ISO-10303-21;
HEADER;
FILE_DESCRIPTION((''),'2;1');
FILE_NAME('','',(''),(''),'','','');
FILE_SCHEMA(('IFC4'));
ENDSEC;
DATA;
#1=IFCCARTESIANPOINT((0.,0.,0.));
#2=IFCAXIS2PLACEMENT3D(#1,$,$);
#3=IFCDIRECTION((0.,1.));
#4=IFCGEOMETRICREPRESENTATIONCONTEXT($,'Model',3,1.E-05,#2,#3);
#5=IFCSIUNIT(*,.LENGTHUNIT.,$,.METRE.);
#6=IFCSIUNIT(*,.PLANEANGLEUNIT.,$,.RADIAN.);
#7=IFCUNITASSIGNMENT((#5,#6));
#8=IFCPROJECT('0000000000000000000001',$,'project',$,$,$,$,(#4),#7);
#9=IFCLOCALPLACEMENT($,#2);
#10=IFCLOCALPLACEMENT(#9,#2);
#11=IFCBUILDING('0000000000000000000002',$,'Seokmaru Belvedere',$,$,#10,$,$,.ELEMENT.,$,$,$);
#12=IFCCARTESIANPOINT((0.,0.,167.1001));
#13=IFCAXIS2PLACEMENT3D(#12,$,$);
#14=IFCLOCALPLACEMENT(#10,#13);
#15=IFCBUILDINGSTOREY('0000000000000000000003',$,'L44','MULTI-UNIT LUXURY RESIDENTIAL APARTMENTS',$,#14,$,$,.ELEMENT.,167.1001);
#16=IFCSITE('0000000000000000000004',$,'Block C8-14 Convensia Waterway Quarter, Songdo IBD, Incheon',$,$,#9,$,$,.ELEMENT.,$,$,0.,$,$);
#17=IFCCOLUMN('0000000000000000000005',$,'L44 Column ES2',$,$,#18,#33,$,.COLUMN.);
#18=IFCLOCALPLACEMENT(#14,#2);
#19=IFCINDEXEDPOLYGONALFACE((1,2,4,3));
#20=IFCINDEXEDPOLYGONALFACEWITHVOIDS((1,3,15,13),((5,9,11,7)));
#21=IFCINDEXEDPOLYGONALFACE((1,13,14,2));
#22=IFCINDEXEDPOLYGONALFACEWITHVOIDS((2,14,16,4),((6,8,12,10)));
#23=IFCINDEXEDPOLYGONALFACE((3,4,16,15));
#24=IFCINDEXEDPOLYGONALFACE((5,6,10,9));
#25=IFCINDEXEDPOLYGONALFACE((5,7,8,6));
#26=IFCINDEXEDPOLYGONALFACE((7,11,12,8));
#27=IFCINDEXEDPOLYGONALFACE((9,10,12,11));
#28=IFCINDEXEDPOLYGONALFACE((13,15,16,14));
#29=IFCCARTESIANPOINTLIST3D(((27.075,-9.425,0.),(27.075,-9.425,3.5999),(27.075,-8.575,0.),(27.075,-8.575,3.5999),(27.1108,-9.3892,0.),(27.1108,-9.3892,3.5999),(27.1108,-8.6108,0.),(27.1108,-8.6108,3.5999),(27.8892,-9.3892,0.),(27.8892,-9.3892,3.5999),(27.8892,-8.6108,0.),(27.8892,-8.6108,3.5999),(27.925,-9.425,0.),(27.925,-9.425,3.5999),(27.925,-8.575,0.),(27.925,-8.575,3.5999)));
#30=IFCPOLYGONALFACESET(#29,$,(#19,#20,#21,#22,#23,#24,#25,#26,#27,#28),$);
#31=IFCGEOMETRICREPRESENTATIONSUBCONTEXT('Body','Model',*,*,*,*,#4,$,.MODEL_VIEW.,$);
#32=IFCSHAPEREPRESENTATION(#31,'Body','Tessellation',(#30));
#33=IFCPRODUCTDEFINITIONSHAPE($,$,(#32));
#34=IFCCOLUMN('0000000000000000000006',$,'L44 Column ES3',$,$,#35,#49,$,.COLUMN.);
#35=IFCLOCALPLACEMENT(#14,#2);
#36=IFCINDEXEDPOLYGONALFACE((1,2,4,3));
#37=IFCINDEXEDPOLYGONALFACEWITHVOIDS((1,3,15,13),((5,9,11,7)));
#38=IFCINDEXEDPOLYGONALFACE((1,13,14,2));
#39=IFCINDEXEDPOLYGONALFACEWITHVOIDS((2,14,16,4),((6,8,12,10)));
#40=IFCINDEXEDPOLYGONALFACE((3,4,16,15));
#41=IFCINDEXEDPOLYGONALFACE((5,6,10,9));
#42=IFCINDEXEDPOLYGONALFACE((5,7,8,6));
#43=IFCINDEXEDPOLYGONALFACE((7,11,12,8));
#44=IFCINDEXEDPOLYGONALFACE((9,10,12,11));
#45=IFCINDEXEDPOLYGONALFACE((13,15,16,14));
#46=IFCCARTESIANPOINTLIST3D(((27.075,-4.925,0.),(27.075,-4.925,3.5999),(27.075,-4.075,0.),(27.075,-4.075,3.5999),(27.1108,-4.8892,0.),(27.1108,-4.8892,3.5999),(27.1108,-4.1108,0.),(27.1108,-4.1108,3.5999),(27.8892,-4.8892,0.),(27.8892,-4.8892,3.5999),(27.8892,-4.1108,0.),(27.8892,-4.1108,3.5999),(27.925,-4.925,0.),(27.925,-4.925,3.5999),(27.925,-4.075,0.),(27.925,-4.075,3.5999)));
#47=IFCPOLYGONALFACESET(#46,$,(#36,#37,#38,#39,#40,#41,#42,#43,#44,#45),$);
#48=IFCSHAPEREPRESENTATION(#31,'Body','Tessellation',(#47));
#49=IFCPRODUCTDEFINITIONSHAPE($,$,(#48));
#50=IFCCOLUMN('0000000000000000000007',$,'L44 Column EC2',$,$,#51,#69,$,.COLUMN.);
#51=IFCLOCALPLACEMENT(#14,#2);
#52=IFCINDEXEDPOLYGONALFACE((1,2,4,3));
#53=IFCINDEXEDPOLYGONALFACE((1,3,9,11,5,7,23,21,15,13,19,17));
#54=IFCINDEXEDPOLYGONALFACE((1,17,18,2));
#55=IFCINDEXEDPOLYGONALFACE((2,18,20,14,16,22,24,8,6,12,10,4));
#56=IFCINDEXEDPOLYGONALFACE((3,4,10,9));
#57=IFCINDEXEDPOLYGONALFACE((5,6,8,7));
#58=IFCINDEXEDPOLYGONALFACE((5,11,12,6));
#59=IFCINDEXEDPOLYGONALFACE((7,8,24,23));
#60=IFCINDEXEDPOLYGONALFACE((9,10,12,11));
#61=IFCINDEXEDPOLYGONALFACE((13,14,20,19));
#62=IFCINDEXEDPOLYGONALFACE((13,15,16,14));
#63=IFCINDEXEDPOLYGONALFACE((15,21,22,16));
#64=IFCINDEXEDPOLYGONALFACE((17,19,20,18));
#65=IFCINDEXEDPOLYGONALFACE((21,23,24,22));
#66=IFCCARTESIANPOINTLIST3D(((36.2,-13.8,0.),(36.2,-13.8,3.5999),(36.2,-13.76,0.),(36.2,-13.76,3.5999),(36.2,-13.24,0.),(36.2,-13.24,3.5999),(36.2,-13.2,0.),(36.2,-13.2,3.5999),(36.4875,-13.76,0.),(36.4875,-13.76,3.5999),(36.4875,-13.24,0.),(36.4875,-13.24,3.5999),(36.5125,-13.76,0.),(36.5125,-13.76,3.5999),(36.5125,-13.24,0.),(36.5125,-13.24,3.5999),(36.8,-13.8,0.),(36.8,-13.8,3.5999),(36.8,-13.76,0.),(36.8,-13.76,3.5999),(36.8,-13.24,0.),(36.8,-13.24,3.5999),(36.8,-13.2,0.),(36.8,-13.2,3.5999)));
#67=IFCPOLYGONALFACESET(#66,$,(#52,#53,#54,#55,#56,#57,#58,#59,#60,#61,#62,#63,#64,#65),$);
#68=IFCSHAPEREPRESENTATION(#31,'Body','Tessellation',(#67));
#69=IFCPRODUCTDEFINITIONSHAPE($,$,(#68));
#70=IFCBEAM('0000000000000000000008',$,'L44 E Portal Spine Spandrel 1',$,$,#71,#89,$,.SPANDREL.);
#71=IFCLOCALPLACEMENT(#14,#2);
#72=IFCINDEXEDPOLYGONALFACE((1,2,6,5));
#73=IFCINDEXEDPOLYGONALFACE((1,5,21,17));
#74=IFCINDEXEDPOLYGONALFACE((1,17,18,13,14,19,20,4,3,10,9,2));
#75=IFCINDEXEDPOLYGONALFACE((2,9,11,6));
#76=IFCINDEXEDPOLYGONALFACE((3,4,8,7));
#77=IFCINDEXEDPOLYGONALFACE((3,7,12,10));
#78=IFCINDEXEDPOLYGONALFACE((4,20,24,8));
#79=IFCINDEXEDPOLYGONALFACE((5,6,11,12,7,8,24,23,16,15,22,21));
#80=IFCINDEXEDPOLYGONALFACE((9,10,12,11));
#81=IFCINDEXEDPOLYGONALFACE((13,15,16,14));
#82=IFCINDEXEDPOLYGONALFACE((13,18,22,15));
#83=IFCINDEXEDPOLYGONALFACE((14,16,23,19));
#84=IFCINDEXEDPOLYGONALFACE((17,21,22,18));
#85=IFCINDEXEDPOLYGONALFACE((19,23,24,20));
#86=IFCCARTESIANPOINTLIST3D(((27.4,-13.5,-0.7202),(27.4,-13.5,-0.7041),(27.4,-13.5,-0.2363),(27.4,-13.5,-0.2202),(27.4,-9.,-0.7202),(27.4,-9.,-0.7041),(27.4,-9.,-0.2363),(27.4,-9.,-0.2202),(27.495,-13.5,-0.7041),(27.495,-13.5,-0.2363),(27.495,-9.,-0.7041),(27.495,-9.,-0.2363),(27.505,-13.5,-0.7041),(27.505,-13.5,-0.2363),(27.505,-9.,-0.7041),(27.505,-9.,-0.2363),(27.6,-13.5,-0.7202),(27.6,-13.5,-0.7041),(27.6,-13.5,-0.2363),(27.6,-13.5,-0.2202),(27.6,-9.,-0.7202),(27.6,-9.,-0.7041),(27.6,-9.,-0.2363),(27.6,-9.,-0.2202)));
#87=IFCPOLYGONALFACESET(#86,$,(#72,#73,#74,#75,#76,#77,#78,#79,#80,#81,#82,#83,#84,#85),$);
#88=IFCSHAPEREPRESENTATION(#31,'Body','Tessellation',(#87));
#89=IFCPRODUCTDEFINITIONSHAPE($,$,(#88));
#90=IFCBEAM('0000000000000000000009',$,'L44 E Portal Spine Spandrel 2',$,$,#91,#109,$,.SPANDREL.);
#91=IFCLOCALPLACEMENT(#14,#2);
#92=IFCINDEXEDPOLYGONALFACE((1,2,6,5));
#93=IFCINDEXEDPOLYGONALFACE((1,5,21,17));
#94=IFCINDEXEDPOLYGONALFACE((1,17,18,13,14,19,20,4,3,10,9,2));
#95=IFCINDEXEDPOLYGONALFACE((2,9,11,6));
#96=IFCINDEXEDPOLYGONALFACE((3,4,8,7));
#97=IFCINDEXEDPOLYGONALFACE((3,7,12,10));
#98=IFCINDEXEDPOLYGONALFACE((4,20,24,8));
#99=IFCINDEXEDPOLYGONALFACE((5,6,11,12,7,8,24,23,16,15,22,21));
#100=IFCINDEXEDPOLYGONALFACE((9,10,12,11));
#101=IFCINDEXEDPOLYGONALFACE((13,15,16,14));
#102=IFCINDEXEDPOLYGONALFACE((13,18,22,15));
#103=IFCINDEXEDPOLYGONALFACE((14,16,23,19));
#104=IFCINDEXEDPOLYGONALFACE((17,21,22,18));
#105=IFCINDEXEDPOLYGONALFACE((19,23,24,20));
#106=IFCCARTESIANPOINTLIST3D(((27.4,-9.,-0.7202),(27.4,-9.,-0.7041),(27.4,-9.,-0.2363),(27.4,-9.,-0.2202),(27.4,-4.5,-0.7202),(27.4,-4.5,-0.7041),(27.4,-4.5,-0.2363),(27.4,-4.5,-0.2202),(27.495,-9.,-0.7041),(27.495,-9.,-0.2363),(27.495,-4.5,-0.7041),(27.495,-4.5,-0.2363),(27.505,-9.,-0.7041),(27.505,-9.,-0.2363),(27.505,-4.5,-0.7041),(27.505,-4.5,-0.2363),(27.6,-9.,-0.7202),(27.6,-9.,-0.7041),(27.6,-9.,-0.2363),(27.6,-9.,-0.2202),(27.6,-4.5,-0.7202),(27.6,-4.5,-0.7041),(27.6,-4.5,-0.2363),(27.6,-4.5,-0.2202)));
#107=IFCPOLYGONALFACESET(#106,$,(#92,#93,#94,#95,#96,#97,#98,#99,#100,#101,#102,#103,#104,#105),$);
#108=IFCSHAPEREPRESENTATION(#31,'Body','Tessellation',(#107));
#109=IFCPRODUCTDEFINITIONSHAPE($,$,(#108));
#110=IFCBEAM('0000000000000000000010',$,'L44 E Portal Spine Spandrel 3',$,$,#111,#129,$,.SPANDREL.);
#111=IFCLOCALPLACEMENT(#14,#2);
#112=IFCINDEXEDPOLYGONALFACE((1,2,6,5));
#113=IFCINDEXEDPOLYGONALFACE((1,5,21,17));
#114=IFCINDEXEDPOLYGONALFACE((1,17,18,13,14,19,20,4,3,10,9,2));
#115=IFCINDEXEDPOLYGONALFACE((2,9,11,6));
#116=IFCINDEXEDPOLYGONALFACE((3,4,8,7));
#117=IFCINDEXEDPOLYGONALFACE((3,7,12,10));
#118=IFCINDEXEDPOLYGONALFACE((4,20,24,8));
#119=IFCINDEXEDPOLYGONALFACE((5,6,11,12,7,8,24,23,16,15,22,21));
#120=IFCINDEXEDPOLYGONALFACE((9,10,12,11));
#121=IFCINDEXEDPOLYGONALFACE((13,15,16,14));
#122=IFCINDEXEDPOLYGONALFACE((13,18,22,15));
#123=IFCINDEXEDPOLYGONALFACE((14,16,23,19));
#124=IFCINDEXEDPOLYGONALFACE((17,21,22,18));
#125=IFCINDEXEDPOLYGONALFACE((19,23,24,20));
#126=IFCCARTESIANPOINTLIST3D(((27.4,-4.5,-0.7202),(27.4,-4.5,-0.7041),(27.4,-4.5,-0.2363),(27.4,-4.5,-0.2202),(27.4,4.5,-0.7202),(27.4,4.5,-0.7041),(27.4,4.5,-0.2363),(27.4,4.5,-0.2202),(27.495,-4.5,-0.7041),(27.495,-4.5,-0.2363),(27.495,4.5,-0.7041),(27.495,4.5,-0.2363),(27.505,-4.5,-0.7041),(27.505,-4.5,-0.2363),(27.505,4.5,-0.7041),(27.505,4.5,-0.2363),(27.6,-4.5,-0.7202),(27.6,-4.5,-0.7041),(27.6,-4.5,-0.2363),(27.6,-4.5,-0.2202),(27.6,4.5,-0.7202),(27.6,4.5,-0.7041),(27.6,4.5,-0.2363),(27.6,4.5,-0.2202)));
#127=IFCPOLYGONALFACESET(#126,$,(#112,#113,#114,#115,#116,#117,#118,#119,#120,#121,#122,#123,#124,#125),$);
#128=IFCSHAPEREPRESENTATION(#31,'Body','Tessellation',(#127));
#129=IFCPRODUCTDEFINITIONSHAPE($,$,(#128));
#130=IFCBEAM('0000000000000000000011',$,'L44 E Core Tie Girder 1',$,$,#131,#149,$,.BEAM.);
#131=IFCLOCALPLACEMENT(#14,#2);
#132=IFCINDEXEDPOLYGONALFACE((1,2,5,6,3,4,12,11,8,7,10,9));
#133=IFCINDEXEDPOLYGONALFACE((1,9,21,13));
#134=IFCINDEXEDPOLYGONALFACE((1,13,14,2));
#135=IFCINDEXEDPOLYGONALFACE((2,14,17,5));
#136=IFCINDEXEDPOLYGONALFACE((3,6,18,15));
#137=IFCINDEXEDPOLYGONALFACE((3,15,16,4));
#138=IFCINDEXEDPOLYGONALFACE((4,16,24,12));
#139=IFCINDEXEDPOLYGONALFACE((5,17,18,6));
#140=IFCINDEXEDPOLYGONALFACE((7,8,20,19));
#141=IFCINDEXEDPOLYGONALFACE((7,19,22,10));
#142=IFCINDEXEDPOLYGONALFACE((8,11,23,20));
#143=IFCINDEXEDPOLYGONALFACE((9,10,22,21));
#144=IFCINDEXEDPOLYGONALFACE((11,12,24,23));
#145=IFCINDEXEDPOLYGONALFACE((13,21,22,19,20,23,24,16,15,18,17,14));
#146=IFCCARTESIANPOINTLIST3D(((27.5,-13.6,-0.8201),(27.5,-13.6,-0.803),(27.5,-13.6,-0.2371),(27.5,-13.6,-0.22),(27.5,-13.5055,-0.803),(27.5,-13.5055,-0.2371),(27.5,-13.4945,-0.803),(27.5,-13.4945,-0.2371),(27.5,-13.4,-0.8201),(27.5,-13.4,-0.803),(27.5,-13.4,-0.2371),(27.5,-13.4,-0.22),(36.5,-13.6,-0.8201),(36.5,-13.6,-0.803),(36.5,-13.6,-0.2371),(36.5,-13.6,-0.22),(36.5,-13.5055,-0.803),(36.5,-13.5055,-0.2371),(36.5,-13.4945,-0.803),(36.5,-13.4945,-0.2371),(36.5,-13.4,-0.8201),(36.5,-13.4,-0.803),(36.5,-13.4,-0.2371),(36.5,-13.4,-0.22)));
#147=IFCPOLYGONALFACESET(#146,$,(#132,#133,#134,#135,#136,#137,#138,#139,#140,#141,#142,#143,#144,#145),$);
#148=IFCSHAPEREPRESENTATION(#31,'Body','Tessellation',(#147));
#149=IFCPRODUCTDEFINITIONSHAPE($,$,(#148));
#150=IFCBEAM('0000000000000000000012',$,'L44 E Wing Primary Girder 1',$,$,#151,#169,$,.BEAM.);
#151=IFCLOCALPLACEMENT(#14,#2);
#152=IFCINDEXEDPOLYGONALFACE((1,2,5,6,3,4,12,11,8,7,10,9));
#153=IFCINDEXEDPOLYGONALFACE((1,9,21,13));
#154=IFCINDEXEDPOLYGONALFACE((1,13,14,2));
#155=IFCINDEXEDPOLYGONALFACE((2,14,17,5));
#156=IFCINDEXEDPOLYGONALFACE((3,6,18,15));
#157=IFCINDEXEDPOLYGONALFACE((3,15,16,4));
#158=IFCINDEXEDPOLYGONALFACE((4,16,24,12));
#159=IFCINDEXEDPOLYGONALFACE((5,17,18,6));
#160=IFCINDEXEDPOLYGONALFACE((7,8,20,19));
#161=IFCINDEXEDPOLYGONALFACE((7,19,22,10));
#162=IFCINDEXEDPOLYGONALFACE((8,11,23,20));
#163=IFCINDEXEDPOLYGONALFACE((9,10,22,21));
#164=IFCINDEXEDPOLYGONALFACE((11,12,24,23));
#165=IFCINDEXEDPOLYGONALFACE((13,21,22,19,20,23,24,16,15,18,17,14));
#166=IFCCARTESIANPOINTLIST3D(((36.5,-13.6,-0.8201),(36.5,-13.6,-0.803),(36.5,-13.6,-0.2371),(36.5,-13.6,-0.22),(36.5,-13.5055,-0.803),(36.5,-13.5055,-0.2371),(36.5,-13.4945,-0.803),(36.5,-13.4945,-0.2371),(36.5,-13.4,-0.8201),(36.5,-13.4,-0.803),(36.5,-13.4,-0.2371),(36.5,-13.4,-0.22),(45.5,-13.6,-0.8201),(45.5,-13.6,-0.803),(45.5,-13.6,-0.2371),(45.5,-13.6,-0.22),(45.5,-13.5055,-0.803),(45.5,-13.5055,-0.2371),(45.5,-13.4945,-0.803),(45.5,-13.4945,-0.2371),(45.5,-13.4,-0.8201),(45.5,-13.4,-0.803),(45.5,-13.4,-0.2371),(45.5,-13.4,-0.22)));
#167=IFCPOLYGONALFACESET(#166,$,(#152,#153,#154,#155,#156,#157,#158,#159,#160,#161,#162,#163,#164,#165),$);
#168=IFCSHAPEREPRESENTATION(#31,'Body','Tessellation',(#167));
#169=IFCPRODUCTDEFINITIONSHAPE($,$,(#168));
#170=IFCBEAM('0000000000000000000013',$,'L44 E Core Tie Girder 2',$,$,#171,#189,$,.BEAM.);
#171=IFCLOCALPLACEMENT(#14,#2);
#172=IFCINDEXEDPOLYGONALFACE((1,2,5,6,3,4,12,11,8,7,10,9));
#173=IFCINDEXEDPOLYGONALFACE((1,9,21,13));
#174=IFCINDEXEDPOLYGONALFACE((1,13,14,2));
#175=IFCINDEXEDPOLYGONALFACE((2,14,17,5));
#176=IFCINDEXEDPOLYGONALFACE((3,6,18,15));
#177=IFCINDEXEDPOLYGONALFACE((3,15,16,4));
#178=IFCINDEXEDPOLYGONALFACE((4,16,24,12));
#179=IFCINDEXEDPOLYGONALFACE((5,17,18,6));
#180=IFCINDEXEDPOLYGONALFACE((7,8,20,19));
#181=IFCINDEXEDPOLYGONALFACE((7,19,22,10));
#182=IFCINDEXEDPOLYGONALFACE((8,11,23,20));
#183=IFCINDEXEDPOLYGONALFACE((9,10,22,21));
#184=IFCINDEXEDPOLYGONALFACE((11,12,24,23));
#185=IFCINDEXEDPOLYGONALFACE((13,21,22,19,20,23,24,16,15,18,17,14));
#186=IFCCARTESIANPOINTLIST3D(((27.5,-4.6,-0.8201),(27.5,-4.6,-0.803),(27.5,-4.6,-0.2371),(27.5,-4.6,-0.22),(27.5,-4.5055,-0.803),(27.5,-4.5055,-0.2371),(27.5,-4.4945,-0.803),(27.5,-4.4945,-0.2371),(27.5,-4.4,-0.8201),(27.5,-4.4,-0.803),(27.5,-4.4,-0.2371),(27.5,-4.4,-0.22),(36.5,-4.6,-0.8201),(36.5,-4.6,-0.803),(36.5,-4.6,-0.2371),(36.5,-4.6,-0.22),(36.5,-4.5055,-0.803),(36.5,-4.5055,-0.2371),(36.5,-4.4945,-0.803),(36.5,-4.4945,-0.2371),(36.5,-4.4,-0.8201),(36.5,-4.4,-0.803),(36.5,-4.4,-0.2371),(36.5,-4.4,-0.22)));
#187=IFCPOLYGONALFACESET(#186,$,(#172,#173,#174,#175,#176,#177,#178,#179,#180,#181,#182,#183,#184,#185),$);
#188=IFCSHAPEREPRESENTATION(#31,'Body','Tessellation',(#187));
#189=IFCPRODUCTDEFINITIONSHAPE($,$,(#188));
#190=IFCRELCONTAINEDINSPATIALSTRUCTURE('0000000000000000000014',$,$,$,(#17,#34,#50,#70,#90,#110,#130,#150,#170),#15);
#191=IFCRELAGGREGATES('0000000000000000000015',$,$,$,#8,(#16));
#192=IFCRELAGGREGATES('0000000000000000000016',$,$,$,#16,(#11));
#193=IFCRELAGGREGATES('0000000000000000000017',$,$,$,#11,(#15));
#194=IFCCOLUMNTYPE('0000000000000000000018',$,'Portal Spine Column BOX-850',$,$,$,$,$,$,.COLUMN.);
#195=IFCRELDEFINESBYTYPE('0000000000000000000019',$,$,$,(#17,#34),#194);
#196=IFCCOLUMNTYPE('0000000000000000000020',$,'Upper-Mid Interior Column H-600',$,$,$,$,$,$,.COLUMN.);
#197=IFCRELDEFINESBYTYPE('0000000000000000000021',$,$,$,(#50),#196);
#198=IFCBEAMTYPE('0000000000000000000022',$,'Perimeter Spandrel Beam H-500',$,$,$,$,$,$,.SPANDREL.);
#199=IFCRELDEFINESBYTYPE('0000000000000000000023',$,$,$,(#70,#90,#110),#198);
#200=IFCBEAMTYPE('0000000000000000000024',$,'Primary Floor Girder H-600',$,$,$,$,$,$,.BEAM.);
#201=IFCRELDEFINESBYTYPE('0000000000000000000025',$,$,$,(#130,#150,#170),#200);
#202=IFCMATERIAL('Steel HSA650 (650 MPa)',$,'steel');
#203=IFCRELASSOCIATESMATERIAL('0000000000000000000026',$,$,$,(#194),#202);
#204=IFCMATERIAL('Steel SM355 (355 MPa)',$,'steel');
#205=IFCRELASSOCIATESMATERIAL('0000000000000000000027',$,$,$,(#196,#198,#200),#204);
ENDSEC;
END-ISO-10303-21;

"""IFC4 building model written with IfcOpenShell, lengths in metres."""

from ifc_helpers import new_model, si_unit, direction, frame, origin, origin_2d, place, context, subcontext, project, spatial, hollow_rectangle, i_section, extrude, source, transform, mapped, material, material_profile, profile_set, type_object, type_shapes, element, save


model = new_model("IFC4")

# Units and contexts
model_context = context("Model", 3, precision=1e-05, world=origin(), true_north=direction((0.0, 1.0)))
body_context = subcontext(model_context, "Body", "Model", "MODEL_VIEW")
ifc_project = project(units=[si_unit("LENGTHUNIT", "METRE"), si_unit("PLANEANGLEUNIT", "RADIAN")], contexts=[model_context])

# Site, building, storey
site_placement = place(None, origin())
site = spatial("IfcSite", under=ifc_project, at=site_placement, Name="Block C8-14 Convensia Waterway Quarter, Songdo IBD, Incheon", CompositionType="ELEMENT", RefElevation=0.0)
building_placement = place(site_placement, origin())
building = spatial("IfcBuilding", under=site, at=building_placement, Name="Seokmaru Belvedere", CompositionType="ELEMENT")
storey_placement = place(building_placement, frame((0.0, 0.0, 167.1001)))
storey = spatial("IfcBuildingStorey", under=building, at=storey_placement, Name="L44", Description="MULTI-UNIT LUXURY RESIDENTIAL APARTMENTS", CompositionType="ELEMENT", Elevation=167.1001)

# Columns
ifc_material_1 = material(Name="Steel HSA650 (650 MPa)", Category="steel")
ifc_material_profile_1 = material_profile(ifc_material_1, hollow_rectangle(XDim=0.8501, YDim=0.8501, WallThickness=0.0359, at=origin_2d()), Name="BOX-850x850x36")
ifc_profile_set_1 = profile_set([ifc_material_profile_1], Name="Steel HSA650 (650 MPa)")
column_type_1 = type_object("IfcColumnType", Name="Portal Spine Column BOX-850", PredefinedType="COLUMN", material=ifc_profile_set_1)
shared_shape_1 = source(origin(), body_context, "Body", "SweptSolid", [
    extrude(hollow_rectangle(XDim=0.8501, YDim=0.8501, WallThickness=0.0359, at=origin_2d()), origin(), (0.0, 0.0, 1.0), 3.5999),
])
type_shapes(column_type_1, [shared_shape_1])
for number, where, z_axis, x_axis, name in (
    (1, (27.5, -9.0, 0.0), (0.0, 0.0, 1.0), (1.0, 0.0, 0.0), "L44 Column ES2"),
    (2, (27.5, -4.5, 0.0), (0.0, 0.0, 1.0), (1.0, 0.0, 0.0), "L44 Column ES3"),
):
    element("IfcColumn", number, at=place(storey_placement, frame(where, z_axis=z_axis, x_axis=x_axis)), inside=storey, type_object=column_type_1, Name=name, PredefinedType="COLUMN", context=body_context, shape_type="MappedRepresentation", body=[
        mapped(shared_shape_1, transform((0.0, 0.0, 0.0), scale=1.0)),
    ])
ifc_material_2 = material(Name="Steel SM355 (355 MPa)", Category="steel")
ifc_material_profile_2 = material_profile(ifc_material_2, i_section(OverallWidth=0.6001, OverallDepth=0.6001, WebThickness=0.0249, FlangeThickness=0.04, at=origin_2d()), Name="H-600x600x25x40")
ifc_profile_set_2 = profile_set([ifc_material_profile_2], Name="Steel SM355 (355 MPa)")
column_type_2 = type_object("IfcColumnType", Name="Upper-Mid Interior Column H-600", PredefinedType="COLUMN", material=ifc_profile_set_2)
shared_shape_2 = source(origin(), body_context, "Body", "SweptSolid", [
    extrude(i_section(OverallWidth=0.6001, OverallDepth=0.6001, WebThickness=0.0249, FlangeThickness=0.04, at=origin_2d()), origin(), (0.0, 0.0, 1.0), 3.5999),
])
type_shapes(column_type_2, [shared_shape_2])
column_placement = place(storey_placement, frame((36.5, -13.5, 0.0), z_axis=(0.0, 0.0, 1.0), x_axis=(1.0, 0.0, 0.0)))
element("IfcColumn", 3, at=column_placement, inside=storey, type_object=column_type_2, Name="L44 Column EC2", PredefinedType="COLUMN", context=body_context, shape_type="MappedRepresentation", body=[
    mapped(shared_shape_2, transform((0.0, 0.0, 0.0), scale=1.0)),
])

# Beams
ifc_material_profile_3 = material_profile(ifc_material_2, i_section(OverallWidth=0.2, OverallDepth=0.5, WebThickness=0.01, FlangeThickness=0.0161, at=origin_2d()), Name="H-500x200x10x16")
ifc_profile_set_3 = profile_set([ifc_material_profile_3], Name="Steel SM355 (355 MPa)")
beam_type_1 = type_object("IfcBeamType", Name="Perimeter Spandrel Beam H-500", PredefinedType="SPANDREL", material=ifc_profile_set_3)
shared_shape_3 = source(origin(), body_context, "Body", "SweptSolid", [
    extrude(i_section(OverallWidth=0.2, OverallDepth=0.5, WebThickness=0.01, FlangeThickness=0.0161, at=origin_2d()), origin(), (0.0, 0.0, 1.0), 4.5),
])
for number, where, z_axis, x_axis, name in (
    (4, (27.5, -13.5, -0.4702), (0.0, 1.0, 0.0), (-1.0, 0.0, 0.0), "L44 E Portal Spine Spandrel 1"),
    (5, (27.5, -9.0, -0.4702), (0.0, 1.0, 0.0), (-1.0, 0.0, 0.0), "L44 E Portal Spine Spandrel 2"),
):
    element("IfcBeam", number, at=place(storey_placement, frame(where, z_axis=z_axis, x_axis=x_axis)), inside=storey, type_object=beam_type_1, Name=name, PredefinedType="SPANDREL", context=body_context, shape_type="MappedRepresentation", body=[
        mapped(shared_shape_3, transform((0.0, 0.0, 0.0), scale=1.0)),
    ])
shared_shape_4 = source(origin(), body_context, "Body", "SweptSolid", [
    extrude(i_section(OverallWidth=0.2, OverallDepth=0.5, WebThickness=0.01, FlangeThickness=0.0161, at=origin_2d()), origin(), (0.0, 0.0, 1.0), 9.0),
])
type_shapes(beam_type_1, [shared_shape_3, shared_shape_4])
beam_1_placement = place(storey_placement, frame((27.5, -4.5, -0.4702), z_axis=(0.0, 1.0, 0.0), x_axis=(-1.0, 0.0, 0.0)))
element("IfcBeam", 6, at=beam_1_placement, inside=storey, type_object=beam_type_1, Name="L44 E Portal Spine Spandrel 3", PredefinedType="SPANDREL", context=body_context, shape_type="MappedRepresentation", body=[
    mapped(shared_shape_4, transform((0.0, 0.0, 0.0), scale=1.0)),
])
ifc_material_profile_4 = material_profile(ifc_material_2, i_section(OverallWidth=0.2, OverallDepth=0.6001, WebThickness=0.011, FlangeThickness=0.0171, at=origin_2d()), Name="H-600x200x11x17")
ifc_profile_set_4 = profile_set([ifc_material_profile_4], Name="Steel SM355 (355 MPa)")
beam_type_2 = type_object("IfcBeamType", Name="Primary Floor Girder H-600", PredefinedType="BEAM", material=ifc_profile_set_4)
shared_shape_5 = source(origin(), body_context, "Body", "SweptSolid", [
    extrude(i_section(OverallWidth=0.2, OverallDepth=0.6001, WebThickness=0.011, FlangeThickness=0.0171, at=origin_2d()), origin(), (0.0, 0.0, 1.0), 9.0),
])
type_shapes(beam_type_2, [shared_shape_5])
for number, where, z_axis, x_axis, name in (
    (7, (27.5, -13.5, -0.52), (1.0, 0.0, 0.0), (0.0, 1.0, 0.0), "L44 E Core Tie Girder 1"),
    (8, (36.5, -13.5, -0.52), (1.0, 0.0, 0.0), (0.0, 1.0, 0.0), "L44 E Wing Primary Girder 1"),
    (9, (27.5, -4.5, -0.52), (1.0, 0.0, 0.0), (0.0, 1.0, 0.0), "L44 E Core Tie Girder 2"),
):
    element("IfcBeam", number, at=place(storey_placement, frame(where, z_axis=z_axis, x_axis=x_axis)), inside=storey, type_object=beam_type_2, Name=name, PredefinedType="BEAM", context=body_context, shape_type="MappedRepresentation", body=[
        mapped(shared_shape_5, transform((0.0, 0.0, 0.0), scale=1.0)),
    ])

save(model, "model.ifc")
